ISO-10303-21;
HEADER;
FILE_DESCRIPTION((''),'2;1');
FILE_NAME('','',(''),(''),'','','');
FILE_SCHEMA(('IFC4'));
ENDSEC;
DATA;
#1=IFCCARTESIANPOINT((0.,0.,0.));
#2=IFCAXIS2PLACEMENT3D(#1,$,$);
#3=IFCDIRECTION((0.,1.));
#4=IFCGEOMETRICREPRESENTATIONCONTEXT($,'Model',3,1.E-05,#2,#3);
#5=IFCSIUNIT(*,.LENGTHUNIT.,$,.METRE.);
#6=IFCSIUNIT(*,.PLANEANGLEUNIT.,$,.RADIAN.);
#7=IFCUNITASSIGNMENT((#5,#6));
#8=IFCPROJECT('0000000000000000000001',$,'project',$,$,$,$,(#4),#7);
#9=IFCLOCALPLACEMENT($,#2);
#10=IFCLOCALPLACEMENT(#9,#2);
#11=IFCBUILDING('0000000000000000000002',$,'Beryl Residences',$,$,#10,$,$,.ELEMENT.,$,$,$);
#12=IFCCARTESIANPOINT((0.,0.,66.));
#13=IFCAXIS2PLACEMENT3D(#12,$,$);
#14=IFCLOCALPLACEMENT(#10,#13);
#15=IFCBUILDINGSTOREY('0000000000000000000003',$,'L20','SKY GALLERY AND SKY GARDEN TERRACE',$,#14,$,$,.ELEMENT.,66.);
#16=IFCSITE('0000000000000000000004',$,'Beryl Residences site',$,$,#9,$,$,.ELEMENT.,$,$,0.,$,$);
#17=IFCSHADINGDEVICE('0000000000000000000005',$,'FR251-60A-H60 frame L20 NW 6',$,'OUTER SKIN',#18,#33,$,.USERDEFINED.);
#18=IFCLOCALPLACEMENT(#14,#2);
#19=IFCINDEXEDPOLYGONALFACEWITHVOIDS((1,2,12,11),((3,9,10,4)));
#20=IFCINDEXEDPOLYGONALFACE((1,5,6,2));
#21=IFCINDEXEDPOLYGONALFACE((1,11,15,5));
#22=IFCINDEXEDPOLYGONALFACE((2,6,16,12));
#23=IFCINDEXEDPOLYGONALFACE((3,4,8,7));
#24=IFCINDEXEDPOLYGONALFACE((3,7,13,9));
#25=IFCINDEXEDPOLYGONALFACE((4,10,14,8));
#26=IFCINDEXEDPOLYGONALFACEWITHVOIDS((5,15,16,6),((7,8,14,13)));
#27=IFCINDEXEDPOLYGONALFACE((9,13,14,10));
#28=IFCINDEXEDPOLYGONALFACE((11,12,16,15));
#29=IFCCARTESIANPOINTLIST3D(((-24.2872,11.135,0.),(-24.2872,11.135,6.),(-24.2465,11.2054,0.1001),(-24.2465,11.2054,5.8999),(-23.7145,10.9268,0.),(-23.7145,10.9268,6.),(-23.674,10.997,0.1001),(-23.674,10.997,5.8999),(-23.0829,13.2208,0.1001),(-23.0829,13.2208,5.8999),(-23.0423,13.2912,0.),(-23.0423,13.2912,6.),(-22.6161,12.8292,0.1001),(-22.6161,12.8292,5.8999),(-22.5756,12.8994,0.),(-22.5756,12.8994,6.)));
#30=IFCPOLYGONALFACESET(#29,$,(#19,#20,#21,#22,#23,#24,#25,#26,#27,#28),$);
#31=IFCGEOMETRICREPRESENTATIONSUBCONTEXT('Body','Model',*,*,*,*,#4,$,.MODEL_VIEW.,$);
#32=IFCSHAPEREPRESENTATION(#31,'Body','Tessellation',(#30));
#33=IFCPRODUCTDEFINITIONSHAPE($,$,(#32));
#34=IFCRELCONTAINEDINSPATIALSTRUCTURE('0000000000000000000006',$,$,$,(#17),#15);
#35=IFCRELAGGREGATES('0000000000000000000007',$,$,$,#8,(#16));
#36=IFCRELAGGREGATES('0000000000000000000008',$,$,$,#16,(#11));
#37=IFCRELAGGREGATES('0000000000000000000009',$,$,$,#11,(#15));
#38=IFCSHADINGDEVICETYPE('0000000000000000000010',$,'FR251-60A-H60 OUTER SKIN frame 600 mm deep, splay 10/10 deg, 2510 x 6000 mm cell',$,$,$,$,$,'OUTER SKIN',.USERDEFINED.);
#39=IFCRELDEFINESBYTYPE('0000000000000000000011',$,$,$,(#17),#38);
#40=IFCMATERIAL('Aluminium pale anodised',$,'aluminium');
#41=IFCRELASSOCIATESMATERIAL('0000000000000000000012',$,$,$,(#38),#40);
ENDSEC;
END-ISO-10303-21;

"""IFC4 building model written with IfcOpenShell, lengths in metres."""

from ifc_helpers import new_model, entity, si_unit, direction, frame, origin, place, context, subcontext, project, spatial, source, transform, mapped, material, type_object, type_shapes, element, save


model = new_model("IFC4")

# Units and contexts
model_context = context("Model", 3, precision=1e-05, world=origin(), true_north=direction((0.0, 1.0)))
body_context = subcontext(model_context, "Body", "Model", "MODEL_VIEW")
ifc_project = project(units=[si_unit("LENGTHUNIT", "METRE"), si_unit("PLANEANGLEUNIT", "RADIAN")], contexts=[model_context])

# Site, building, storey
site_placement = place(None, origin())
site = spatial("IfcSite", under=ifc_project, at=site_placement, Name="Beryl Residences site", CompositionType="ELEMENT", RefElevation=0.0)
building_placement = place(site_placement, origin())
building = spatial("IfcBuilding", under=site, at=building_placement, Name="Beryl Residences", CompositionType="ELEMENT")
storey_placement = place(building_placement, frame((0.0, 0.0, 66.0)))
storey = spatial("IfcBuildingStorey", under=building, at=storey_placement, Name="L20", Description="SKY GALLERY AND SKY GARDEN TERRACE", CompositionType="ELEMENT", Elevation=66.0)

# Shading device
ifc_material_1 = material(Name="Aluminium pale anodised", Category="aluminium")
shading_device_type = type_object("IfcShadingDeviceType", Name="FR251-60A-H60 OUTER SKIN frame 600 mm deep, splay 10/10 deg, 2510 x 6000 mm cell", ElementType="OUTER SKIN", PredefinedType="USERDEFINED", material=ifc_material_1)
cartesian_point_1 = entity("IfcCartesianPoint", [-1.1389, 0.0])
cartesian_point_2 = entity("IfcCartesianPoint", [-1.0579, 0.1001])
cartesian_point_3 = entity("IfcCartesianPoint", [-1.2449, 0.0])
cartesian_point_4 = entity("IfcCartesianPoint", [-1.1636, 0.1001])
shared_shape = source(origin(), body_context, "Body", "SweptSolid", [
    entity("IfcExtrudedAreaSolidTapered", entity("IfcArbitraryProfileDefWithVoids", "AREA", None, entity("IfcPolyline", [cartesian_point_1, entity("IfcCartesianPoint", [1.1389, 0.0]), entity("IfcCartesianPoint", [1.1389, 6.0]), entity("IfcCartesianPoint", [-1.1389, 6.0]), cartesian_point_1]), [entity("IfcPolyline", [cartesian_point_2, entity("IfcCartesianPoint", [1.0579, 0.1001]), entity("IfcCartesianPoint", [1.0579, 5.8999]), entity("IfcCartesianPoint", [-1.0579, 5.8999]), cartesian_point_2])]), entity("IfcAxis2Placement3D", entity("IfcCartesianPoint", [0.0, 0.0, 0.0]), entity("IfcDirection", [0.0, 1.0, 0.0]), entity("IfcDirection", [-1.0, 0.0, 0.0])), entity("IfcDirection", [0.0, 0.0, 1.0]), 0.6001, entity("IfcArbitraryProfileDefWithVoids", "AREA", None, entity("IfcPolyline", [cartesian_point_3, entity("IfcCartesianPoint", [1.2449, 0.0]), entity("IfcCartesianPoint", [1.2449, 6.0]), entity("IfcCartesianPoint", [-1.2449, 6.0]), cartesian_point_3]), [entity("IfcPolyline", [cartesian_point_4, entity("IfcCartesianPoint", [1.1636, 0.1001]), entity("IfcCartesianPoint", [1.1636, 5.8999]), entity("IfcCartesianPoint", [-1.1636, 5.8999]), cartesian_point_4])])),
])
type_shapes(shading_device_type, [shared_shape])
shading_device_placement = place(storey_placement, frame((-23.145, 11.9131, 0.0), z_axis=(0.0, 0.0, 1.0), x_axis=(0.5, 0.866025, 0.0)))
element("IfcShadingDevice", 1, at=shading_device_placement, inside=storey, type_object=shading_device_type, Name="FR251-60A-H60 frame L20 NW 6", ObjectType="OUTER SKIN", PredefinedType="USERDEFINED", context=body_context, shape_type="MappedRepresentation", body=[
    mapped(shared_shape, transform((0.0, 0.0, 0.0))),
])

save(model, "model.ifc")
